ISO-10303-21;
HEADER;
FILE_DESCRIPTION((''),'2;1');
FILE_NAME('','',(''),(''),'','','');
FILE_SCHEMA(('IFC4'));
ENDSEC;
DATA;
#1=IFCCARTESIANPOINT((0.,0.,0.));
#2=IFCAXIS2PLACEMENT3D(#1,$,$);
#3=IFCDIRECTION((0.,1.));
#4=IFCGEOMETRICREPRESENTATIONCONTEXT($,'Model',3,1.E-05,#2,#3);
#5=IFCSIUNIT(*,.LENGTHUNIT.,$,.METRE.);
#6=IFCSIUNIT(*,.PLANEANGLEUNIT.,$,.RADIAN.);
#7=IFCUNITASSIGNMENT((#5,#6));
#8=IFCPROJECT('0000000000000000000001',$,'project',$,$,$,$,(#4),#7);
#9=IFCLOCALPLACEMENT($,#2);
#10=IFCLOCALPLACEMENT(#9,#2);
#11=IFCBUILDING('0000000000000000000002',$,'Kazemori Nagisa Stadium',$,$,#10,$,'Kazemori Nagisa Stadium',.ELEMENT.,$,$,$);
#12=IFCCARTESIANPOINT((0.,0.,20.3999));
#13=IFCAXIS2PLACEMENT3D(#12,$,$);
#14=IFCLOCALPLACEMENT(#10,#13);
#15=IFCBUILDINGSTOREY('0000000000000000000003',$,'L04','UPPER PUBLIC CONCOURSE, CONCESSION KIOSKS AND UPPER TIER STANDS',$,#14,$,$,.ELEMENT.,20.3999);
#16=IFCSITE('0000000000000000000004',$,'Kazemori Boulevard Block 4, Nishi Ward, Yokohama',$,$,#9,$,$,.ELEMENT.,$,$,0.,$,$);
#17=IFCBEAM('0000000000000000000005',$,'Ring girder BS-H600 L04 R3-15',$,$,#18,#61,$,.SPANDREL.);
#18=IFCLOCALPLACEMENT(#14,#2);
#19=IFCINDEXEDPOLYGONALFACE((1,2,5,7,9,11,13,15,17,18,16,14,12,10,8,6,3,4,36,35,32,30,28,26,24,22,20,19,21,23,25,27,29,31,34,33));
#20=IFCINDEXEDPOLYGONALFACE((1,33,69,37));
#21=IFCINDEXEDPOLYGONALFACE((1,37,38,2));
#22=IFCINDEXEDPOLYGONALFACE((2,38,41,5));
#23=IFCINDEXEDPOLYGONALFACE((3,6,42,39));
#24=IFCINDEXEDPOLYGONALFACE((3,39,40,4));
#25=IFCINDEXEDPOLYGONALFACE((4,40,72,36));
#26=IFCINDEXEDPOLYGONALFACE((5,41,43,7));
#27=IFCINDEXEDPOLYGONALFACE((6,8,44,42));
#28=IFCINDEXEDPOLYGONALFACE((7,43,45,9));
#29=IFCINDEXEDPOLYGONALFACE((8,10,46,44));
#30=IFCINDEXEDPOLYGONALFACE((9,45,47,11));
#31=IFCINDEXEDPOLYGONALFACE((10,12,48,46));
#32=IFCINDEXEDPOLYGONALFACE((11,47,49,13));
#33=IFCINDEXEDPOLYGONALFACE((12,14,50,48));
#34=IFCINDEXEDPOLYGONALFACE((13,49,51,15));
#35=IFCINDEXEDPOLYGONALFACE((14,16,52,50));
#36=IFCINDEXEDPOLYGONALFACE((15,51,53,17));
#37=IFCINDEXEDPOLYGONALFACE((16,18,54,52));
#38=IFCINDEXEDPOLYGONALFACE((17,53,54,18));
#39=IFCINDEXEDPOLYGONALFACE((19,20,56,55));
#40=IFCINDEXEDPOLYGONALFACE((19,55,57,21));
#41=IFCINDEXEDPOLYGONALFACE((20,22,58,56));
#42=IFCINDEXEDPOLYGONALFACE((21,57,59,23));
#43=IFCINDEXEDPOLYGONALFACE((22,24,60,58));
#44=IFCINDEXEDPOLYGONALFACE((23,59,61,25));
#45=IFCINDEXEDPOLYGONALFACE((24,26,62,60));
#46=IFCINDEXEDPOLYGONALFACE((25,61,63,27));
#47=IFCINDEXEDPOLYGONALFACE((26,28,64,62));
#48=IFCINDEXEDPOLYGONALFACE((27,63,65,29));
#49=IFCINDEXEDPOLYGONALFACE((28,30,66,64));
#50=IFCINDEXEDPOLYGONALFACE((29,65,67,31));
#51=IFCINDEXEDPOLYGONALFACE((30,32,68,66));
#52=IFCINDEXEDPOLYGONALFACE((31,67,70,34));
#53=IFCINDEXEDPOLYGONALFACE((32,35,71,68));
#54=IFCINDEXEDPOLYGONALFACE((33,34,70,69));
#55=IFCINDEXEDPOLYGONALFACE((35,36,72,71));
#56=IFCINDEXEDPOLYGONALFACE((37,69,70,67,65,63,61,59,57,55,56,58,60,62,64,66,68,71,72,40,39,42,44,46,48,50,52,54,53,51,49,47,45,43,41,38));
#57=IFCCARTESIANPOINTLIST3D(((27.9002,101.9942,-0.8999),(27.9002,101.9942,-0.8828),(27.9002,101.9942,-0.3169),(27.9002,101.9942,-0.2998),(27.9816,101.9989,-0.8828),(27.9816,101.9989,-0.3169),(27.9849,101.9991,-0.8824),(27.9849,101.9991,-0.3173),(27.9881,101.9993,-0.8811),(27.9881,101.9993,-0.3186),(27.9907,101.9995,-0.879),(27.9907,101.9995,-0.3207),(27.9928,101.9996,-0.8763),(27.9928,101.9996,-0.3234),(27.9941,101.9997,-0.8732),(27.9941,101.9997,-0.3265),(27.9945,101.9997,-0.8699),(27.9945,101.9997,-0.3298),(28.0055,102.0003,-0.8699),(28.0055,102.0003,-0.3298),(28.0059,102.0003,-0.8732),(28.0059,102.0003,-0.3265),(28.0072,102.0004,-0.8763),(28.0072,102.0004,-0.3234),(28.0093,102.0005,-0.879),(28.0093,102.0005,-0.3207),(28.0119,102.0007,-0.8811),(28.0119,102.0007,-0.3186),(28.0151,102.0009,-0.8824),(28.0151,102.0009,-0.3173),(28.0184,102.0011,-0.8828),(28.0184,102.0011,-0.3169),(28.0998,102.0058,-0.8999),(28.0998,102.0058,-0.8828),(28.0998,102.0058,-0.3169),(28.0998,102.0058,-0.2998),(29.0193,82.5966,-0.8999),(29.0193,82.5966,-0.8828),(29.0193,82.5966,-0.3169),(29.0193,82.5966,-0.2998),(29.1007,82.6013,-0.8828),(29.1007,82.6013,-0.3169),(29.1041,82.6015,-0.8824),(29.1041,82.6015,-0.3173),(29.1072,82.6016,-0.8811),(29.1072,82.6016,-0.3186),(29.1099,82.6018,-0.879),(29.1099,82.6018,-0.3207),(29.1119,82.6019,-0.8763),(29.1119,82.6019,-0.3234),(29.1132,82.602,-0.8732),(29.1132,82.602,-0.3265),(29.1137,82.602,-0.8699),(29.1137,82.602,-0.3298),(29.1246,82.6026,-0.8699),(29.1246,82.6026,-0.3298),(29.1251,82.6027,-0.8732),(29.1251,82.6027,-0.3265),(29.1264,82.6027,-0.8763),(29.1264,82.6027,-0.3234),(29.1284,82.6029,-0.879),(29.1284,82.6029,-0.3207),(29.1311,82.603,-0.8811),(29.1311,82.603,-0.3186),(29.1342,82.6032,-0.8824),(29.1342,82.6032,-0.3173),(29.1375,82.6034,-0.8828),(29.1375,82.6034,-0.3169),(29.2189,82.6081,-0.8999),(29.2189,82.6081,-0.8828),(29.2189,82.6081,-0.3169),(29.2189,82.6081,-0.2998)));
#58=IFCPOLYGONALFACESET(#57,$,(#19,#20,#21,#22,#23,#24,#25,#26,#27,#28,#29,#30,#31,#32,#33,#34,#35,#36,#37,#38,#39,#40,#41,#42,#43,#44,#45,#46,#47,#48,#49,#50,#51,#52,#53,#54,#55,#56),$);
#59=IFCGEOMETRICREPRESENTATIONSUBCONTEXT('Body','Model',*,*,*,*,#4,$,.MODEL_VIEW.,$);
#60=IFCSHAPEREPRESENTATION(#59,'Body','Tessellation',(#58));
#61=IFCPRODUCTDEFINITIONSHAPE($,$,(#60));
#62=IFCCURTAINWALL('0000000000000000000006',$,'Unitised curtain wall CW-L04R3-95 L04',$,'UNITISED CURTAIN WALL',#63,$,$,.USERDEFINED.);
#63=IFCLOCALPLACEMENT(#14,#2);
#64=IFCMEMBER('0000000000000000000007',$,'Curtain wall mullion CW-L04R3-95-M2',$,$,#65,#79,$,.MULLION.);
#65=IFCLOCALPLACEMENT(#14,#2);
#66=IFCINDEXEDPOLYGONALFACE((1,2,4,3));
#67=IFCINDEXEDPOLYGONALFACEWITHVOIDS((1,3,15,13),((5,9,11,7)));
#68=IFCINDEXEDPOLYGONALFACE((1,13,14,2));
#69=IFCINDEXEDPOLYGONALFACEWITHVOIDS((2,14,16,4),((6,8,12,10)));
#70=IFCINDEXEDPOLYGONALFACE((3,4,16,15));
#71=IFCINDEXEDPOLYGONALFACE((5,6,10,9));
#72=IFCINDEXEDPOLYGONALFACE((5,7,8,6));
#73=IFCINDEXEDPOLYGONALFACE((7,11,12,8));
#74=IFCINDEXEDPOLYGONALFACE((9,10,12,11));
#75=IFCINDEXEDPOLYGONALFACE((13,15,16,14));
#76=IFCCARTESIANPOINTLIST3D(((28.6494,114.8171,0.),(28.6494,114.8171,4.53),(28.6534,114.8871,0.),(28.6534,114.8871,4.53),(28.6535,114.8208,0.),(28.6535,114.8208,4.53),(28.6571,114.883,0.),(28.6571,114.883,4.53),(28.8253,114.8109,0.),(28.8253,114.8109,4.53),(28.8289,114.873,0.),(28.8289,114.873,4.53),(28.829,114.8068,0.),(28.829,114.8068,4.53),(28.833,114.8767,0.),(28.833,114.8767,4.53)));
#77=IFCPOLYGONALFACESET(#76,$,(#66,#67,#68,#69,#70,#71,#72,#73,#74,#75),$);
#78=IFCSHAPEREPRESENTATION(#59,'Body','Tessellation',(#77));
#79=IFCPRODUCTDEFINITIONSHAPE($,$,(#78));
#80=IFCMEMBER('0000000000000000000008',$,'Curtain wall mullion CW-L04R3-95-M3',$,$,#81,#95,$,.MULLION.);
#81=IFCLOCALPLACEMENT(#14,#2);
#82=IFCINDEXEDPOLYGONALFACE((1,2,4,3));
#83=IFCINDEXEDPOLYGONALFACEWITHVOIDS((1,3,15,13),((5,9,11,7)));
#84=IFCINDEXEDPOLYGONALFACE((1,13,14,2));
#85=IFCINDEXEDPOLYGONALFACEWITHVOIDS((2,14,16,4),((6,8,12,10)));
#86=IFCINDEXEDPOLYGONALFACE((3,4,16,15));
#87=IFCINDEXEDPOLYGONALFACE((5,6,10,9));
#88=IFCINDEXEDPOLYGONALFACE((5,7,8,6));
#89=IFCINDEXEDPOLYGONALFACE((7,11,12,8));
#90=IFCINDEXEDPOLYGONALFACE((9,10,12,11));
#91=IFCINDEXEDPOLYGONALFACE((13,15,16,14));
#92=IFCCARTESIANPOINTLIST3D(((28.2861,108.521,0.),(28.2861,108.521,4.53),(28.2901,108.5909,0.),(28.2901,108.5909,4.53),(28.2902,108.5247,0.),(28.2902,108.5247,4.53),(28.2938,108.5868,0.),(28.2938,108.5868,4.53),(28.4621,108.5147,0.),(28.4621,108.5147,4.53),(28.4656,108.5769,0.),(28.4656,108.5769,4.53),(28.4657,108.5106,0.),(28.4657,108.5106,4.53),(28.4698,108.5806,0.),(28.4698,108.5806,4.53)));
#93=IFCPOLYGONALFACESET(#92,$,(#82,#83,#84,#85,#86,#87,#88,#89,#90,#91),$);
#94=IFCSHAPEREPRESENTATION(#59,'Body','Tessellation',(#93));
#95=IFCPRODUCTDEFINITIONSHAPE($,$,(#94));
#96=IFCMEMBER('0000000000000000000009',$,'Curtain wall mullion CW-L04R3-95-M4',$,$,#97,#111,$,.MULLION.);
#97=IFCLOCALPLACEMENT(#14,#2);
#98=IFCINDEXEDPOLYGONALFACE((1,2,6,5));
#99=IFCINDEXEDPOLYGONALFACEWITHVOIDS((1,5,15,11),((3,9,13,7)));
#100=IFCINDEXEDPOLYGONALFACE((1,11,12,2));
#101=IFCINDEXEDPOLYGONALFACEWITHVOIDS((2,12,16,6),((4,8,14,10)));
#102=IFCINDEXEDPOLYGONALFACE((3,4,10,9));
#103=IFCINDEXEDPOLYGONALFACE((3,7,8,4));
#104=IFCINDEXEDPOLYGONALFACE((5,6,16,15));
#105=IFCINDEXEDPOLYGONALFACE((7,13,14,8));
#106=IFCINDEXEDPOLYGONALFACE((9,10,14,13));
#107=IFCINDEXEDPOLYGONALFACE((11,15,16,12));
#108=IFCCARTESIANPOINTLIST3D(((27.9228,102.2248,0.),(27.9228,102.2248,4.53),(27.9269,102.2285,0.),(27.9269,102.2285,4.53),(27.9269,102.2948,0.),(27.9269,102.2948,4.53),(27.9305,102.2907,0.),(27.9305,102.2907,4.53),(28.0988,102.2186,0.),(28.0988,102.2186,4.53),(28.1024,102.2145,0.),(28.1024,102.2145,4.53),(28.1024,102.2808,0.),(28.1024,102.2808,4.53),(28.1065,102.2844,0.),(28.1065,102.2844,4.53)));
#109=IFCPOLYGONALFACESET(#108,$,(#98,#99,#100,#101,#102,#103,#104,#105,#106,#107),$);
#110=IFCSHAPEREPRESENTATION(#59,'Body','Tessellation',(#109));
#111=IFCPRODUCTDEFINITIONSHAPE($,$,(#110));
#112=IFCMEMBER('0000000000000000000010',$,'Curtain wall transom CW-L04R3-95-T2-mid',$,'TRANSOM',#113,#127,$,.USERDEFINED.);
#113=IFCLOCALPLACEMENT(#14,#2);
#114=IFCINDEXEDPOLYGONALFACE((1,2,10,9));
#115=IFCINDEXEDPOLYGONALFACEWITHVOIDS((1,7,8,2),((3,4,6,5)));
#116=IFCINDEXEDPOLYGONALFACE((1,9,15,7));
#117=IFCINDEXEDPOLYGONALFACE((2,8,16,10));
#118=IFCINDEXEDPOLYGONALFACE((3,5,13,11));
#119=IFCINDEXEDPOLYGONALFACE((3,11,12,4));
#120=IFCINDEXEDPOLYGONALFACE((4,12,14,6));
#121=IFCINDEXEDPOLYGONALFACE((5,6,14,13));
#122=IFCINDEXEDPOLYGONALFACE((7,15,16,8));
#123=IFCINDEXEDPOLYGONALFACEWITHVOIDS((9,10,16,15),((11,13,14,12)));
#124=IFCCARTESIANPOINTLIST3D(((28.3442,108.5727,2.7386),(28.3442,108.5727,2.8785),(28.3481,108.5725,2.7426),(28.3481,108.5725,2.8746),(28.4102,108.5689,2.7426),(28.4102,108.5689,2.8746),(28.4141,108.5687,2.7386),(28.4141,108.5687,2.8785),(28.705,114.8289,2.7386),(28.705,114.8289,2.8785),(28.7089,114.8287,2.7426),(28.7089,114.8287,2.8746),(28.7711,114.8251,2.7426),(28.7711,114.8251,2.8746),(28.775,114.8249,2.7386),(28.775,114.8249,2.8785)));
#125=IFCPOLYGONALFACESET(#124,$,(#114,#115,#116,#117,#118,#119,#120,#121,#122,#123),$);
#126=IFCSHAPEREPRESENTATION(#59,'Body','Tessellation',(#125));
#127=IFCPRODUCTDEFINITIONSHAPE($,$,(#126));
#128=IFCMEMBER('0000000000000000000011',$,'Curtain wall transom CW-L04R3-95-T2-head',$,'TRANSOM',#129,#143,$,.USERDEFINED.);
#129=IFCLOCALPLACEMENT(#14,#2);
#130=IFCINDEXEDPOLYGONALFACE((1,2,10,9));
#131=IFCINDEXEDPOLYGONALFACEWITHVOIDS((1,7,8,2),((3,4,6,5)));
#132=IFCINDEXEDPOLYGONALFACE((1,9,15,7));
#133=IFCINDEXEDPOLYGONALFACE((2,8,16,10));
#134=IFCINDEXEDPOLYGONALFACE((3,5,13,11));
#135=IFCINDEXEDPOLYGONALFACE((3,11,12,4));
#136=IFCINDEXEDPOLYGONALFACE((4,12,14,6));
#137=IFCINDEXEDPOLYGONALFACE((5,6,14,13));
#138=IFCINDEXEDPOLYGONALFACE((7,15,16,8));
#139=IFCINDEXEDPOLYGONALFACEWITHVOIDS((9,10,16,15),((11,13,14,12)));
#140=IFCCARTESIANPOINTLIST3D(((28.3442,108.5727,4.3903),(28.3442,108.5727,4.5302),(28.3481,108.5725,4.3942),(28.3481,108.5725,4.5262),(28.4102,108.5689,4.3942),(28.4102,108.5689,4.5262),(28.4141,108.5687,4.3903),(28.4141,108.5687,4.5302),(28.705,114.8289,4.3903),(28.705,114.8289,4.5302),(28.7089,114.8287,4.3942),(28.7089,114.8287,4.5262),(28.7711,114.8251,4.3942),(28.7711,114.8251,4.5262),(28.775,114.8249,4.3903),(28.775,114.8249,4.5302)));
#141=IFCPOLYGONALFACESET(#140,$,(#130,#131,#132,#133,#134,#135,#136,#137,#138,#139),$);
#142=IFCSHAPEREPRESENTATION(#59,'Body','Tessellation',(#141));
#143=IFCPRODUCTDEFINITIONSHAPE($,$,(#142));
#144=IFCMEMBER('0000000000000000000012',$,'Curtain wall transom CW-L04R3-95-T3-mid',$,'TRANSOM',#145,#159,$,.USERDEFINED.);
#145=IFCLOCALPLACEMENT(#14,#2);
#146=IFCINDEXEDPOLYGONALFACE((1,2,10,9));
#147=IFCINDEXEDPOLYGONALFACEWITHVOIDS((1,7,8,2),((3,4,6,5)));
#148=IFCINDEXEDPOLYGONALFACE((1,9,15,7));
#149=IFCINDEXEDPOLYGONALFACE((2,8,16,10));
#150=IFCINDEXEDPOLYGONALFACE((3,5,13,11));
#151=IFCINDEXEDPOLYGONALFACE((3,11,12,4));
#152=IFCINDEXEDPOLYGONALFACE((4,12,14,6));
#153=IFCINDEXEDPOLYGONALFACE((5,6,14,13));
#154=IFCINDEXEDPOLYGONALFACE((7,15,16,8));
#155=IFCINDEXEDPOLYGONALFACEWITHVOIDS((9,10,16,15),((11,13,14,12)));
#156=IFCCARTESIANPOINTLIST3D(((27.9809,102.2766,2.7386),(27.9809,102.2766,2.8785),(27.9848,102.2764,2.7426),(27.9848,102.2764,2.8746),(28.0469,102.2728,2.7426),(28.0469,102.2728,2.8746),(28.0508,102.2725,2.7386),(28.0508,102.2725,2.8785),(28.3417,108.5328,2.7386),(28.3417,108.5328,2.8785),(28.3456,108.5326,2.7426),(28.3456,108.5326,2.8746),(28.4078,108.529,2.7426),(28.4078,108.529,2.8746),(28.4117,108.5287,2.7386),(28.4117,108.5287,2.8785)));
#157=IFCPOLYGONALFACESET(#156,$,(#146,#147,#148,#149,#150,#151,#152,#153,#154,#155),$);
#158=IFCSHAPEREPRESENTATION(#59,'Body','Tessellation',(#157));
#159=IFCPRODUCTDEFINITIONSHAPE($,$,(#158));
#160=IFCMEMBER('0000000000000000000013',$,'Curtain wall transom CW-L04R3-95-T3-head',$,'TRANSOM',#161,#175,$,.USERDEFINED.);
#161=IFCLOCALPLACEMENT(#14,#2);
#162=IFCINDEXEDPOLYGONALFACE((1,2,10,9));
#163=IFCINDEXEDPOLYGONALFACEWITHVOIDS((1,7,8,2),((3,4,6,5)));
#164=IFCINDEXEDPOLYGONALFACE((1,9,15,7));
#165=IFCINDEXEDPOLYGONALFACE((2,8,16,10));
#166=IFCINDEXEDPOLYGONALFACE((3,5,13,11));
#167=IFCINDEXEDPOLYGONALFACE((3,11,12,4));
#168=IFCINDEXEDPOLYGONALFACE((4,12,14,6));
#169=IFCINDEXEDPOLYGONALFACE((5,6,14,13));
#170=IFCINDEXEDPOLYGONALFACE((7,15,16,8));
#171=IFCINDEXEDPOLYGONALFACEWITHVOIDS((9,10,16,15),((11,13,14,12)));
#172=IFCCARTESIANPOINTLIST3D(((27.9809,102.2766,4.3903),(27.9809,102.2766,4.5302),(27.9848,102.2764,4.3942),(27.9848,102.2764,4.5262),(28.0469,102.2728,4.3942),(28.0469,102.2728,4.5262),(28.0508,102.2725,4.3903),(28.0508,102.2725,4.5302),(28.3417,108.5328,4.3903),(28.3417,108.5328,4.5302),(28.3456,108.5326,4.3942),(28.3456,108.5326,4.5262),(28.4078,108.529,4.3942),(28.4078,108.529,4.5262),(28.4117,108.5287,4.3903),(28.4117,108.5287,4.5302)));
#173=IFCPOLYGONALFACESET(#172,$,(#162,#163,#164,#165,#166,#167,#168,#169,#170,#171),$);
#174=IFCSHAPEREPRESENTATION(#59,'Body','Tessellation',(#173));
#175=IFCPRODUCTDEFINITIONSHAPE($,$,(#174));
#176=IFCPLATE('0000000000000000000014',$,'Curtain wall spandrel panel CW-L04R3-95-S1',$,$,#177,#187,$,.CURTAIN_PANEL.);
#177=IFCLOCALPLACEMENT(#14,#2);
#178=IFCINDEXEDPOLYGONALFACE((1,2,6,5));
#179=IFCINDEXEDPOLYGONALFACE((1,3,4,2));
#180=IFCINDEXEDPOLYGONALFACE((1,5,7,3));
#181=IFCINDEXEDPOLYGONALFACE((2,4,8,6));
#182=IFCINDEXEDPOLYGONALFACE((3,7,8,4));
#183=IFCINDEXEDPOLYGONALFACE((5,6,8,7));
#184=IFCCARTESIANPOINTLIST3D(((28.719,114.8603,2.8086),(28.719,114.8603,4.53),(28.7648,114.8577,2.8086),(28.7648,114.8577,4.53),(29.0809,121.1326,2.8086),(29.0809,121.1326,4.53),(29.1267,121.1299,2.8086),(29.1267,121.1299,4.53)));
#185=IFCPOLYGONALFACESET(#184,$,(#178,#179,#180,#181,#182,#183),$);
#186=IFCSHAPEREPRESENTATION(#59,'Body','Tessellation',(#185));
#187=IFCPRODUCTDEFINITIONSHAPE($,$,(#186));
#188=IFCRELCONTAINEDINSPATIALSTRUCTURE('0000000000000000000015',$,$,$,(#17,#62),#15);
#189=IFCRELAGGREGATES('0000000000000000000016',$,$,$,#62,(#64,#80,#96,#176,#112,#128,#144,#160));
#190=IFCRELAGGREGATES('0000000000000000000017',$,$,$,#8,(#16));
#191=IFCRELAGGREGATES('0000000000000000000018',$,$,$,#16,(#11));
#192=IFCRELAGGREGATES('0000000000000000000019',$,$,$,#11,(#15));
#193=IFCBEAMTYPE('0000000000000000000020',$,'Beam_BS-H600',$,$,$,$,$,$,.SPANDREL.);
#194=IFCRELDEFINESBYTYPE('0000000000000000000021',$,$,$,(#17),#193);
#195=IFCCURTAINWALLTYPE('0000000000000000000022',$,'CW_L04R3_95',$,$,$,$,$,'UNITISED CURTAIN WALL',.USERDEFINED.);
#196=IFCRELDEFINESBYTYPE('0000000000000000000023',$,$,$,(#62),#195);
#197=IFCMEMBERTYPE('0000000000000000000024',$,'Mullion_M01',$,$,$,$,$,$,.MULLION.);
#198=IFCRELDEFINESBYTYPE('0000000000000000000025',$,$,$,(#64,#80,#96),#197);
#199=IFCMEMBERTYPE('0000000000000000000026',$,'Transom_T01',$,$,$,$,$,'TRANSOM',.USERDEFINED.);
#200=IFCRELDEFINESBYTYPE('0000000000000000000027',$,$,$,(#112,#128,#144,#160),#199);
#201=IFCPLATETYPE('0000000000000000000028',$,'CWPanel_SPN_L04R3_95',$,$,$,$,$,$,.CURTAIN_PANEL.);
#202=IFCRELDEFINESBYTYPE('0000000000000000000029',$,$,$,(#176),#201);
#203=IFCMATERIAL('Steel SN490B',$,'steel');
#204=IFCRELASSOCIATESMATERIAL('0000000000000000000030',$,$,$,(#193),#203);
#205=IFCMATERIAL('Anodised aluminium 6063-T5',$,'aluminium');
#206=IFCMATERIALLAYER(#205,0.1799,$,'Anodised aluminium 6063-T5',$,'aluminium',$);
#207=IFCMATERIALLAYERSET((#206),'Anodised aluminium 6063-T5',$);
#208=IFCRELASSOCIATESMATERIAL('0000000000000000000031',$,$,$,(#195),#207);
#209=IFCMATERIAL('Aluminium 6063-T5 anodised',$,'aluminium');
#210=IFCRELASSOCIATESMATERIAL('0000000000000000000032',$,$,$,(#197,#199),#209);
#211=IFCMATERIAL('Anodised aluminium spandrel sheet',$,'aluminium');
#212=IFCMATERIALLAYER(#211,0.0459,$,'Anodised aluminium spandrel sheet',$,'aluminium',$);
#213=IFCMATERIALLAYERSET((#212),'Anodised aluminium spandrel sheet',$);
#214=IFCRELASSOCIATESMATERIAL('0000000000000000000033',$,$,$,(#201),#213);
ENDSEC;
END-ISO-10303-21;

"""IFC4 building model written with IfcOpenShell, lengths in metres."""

from ifc_helpers import new_model, si_unit, direction, frame, origin, origin_2d, place, context, subcontext, project, spatial, rectangle, hollow_rectangle, i_section, extrude, material, layer, layer_set, material_profile, profile_set, type_object, element, aggregate, save


model = new_model("IFC4")

# Units and contexts
model_context = context("Model", 3, precision=1e-05, world=origin(), true_north=direction((0.0, 1.0)))
body_context = subcontext(model_context, "Body", "Model", "MODEL_VIEW")
ifc_project = project(units=[si_unit("LENGTHUNIT", "METRE"), si_unit("PLANEANGLEUNIT", "RADIAN")], contexts=[model_context])

# Site, building, storey
site_placement = place(None, origin())
site = spatial("IfcSite", under=ifc_project, at=site_placement, Name="Kazemori Boulevard Block 4, Nishi Ward, Yokohama", CompositionType="ELEMENT", RefElevation=0.0)
building_placement = place(site_placement, origin())
building = spatial("IfcBuilding", under=site, at=building_placement, Name="Kazemori Nagisa Stadium", LongName="Kazemori Nagisa Stadium", CompositionType="ELEMENT")
storey_placement = place(building_placement, frame((0.0, 0.0, 20.3999)))
storey = spatial("IfcBuildingStorey", under=building, at=storey_placement, Name="L04", Description="UPPER PUBLIC CONCOURSE, CONCESSION KIOSKS AND UPPER TIER STANDS", CompositionType="ELEMENT", Elevation=20.3999)

# Beam
ifc_material_1 = material(Name="Steel SN490B", Category="steel")
ifc_material_profile_1 = material_profile(ifc_material_1, i_section(OverallWidth=0.2, OverallDepth=0.6001, WebThickness=0.011, FlangeThickness=0.0171, FilletRadius=0.0129, at=origin_2d()), Name="H-600x200x11x17")
ifc_profile_set_1 = profile_set([ifc_material_profile_1], Name="Steel SN490B")
beam_type_1 = type_object("IfcBeamType", Name="Beam_BS-H600", PredefinedType="SPANDREL", material=ifc_profile_set_1)
beam_1_placement = place(storey_placement, frame((28.0, 102.0, -0.5999), z_axis=(0.057599, -0.99834, 0.0), x_axis=(0.99834, 0.057599, 0.0)))
element("IfcBeam", 1, at=beam_1_placement, inside=storey, type_object=beam_type_1, Name="Ring girder BS-H600 L04 R3-15", PredefinedType="SPANDREL", context=body_context, shape_type="SweptSolid", body=[
    extrude(i_section(OverallWidth=0.2, OverallDepth=0.6001, WebThickness=0.011, FlangeThickness=0.0171, FilletRadius=0.0129, at=origin_2d()), origin(), (0.0, 0.0, 1.0), 19.4299),
])

# Curtain wall, members, plate
ifc_material_2 = material(Name="Anodised aluminium 6063-T5", Category="aluminium")
ifc_layer_1 = layer(ifc_material_2, 0.1799, Name="Anodised aluminium 6063-T5", Category="aluminium")
ifc_layer_set_1 = layer_set([ifc_layer_1], Name="Anodised aluminium 6063-T5")
curtain_wall_type = type_object("IfcCurtainWallType", Name="CW_L04R3_95", ElementType="UNITISED CURTAIN WALL", PredefinedType="USERDEFINED", material=ifc_layer_set_1)
curtain_wall_placement = place(storey_placement, origin())
curtain_wall = element("IfcCurtainWall", 2, at=curtain_wall_placement, inside=storey, type_object=curtain_wall_type, Name="Unitised curtain wall CW-L04R3-95 L04", ObjectType="UNITISED CURTAIN WALL", PredefinedType="USERDEFINED")
ifc_material_3 = material(Name="Aluminium 6063-T5 anodised", Category="aluminium")
ifc_material_profile_2 = material_profile(ifc_material_3, hollow_rectangle(XDim=0.0701, YDim=0.1799, WallThickness=0.0039, at=origin_2d()), Name="ALU-MULL-70x180x4")
ifc_profile_set_2 = profile_set([ifc_material_profile_2], Name="Aluminium 6063-T5 anodised")
member_type_1 = type_object("IfcMemberType", Name="Mullion_M01", PredefinedType="MULLION", material=ifc_profile_set_2)
member_1_placement = place(storey_placement, frame((28.7412, 114.8469, 0.0), z_axis=(0.0, 0.0, 1.0), x_axis=(-0.057602, -0.99834, 0.0)))
member_1 = element("IfcMember", 3, at=member_1_placement, type_object=member_type_1, Name="Curtain wall mullion CW-L04R3-95-M2", PredefinedType="MULLION", context=body_context, shape_type="SweptSolid", body=[
    extrude(hollow_rectangle(XDim=0.0701, YDim=0.1799, WallThickness=0.0039, at=origin_2d()), origin(), (0.0, 0.0, 1.0), 4.53),
])
member_2_placement = place(storey_placement, frame((28.3779, 108.5508, 0.0), z_axis=(0.0, 0.0, 1.0), x_axis=(-0.057602, -0.99834, 0.0)))
member_2 = element("IfcMember", 4, at=member_2_placement, type_object=member_type_1, Name="Curtain wall mullion CW-L04R3-95-M3", PredefinedType="MULLION", context=body_context, shape_type="SweptSolid", body=[
    extrude(hollow_rectangle(XDim=0.0701, YDim=0.1799, WallThickness=0.0039, at=origin_2d()), origin(), (0.0, 0.0, 1.0), 4.53),
])
member_3_placement = place(storey_placement, frame((28.0146, 102.2546, 0.0), z_axis=(0.0, 0.0, 1.0), x_axis=(-0.057602, -0.99834, 0.0)))
member_3 = element("IfcMember", 5, at=member_3_placement, type_object=member_type_1, Name="Curtain wall mullion CW-L04R3-95-M4", PredefinedType="MULLION", context=body_context, shape_type="SweptSolid", body=[
    extrude(hollow_rectangle(XDim=0.0701, YDim=0.1799, WallThickness=0.0039, at=origin_2d()), origin(), (0.0, 0.0, 1.0), 4.53),
])
ifc_material_profile_3 = material_profile(ifc_material_3, hollow_rectangle(XDim=0.0701, YDim=0.1399, WallThickness=0.0039, at=origin_2d()), Name="ALU-TRAN-70x140x4")
ifc_profile_set_3 = profile_set([ifc_material_profile_3], Name="Aluminium 6063-T5 anodised")
member_type_2 = type_object("IfcMemberType", Name="Transom_T01", ElementType="TRANSOM", PredefinedType="USERDEFINED", material=ifc_profile_set_3)
member_4_placement = place(storey_placement, frame((28.74, 114.8269, 2.8086), z_axis=(-0.057582, -0.998341, 0.0), x_axis=(0.998341, -0.057582, 0.0)))
member_4 = element("IfcMember", 6, at=member_4_placement, type_object=member_type_2, Name="Curtain wall transom CW-L04R3-95-T2-mid", ObjectType="TRANSOM", PredefinedType="USERDEFINED", context=body_context, shape_type="SweptSolid", body=[
    extrude(hollow_rectangle(XDim=0.0701, YDim=0.1399, WallThickness=0.0039, at=origin_2d()), origin(), (0.0, 0.0, 1.0), 6.2666),
])
member_5_placement = place(storey_placement, frame((28.74, 114.8269, 4.4602), z_axis=(-0.057582, -0.998341, 0.0), x_axis=(0.998341, -0.057582, 0.0)))
member_5 = element("IfcMember", 7, at=member_5_placement, type_object=member_type_2, Name="Curtain wall transom CW-L04R3-95-T2-head", ObjectType="TRANSOM", PredefinedType="USERDEFINED", context=body_context, shape_type="SweptSolid", body=[
    extrude(hollow_rectangle(XDim=0.0701, YDim=0.1399, WallThickness=0.0039, at=origin_2d()), origin(), (0.0, 0.0, 1.0), 6.2666),
])
member_6_placement = place(storey_placement, frame((28.3767, 108.5308, 2.8086), z_axis=(-0.057582, -0.998341, 0.0), x_axis=(0.998341, -0.057582, 0.0)))
member_6 = element("IfcMember", 8, at=member_6_placement, type_object=member_type_2, Name="Curtain wall transom CW-L04R3-95-T3-mid", ObjectType="TRANSOM", PredefinedType="USERDEFINED", context=body_context, shape_type="SweptSolid", body=[
    extrude(hollow_rectangle(XDim=0.0701, YDim=0.1399, WallThickness=0.0039, at=origin_2d()), origin(), (0.0, 0.0, 1.0), 6.2666),
])
member_7_placement = place(storey_placement, frame((28.3767, 108.5308, 4.4602), z_axis=(-0.057582, -0.998341, 0.0), x_axis=(0.998341, -0.057582, 0.0)))
member_7 = element("IfcMember", 9, at=member_7_placement, type_object=member_type_2, Name="Curtain wall transom CW-L04R3-95-T3-head", ObjectType="TRANSOM", PredefinedType="USERDEFINED", context=body_context, shape_type="SweptSolid", body=[
    extrude(hollow_rectangle(XDim=0.0701, YDim=0.1399, WallThickness=0.0039, at=origin_2d()), origin(), (0.0, 0.0, 1.0), 6.2666),
])
ifc_material_4 = material(Name="Anodised aluminium spandrel sheet", Category="aluminium")
ifc_layer_2 = layer(ifc_material_4, 0.0459, Name="Anodised aluminium spandrel sheet", Category="aluminium")
ifc_layer_set_2 = layer_set([ifc_layer_2], Name="Anodised aluminium spandrel sheet")
plate_type_1 = type_object("IfcPlateType", Name="CWPanel_SPN_L04R3_95", PredefinedType="CURTAIN_PANEL", material=ifc_layer_set_2)
plate_1_placement = place(storey_placement, frame((28.9229, 117.9951, 2.8086), z_axis=(0.0, 0.0, 1.0), x_axis=(-0.057602, -0.99834, 0.0)))
plate_1 = element("IfcPlate", 10, at=plate_1_placement, type_object=plate_type_1, Name="Curtain wall spandrel panel CW-L04R3-95-S1", PredefinedType="CURTAIN_PANEL", context=body_context, shape_type="SweptSolid", body=[
    extrude(rectangle(XDim=6.2827, YDim=0.0459, at=origin_2d()), origin(), (0.0, 0.0, 1.0), 1.7214),
])
aggregate(curtain_wall, [member_1, member_2, member_3, plate_1, member_4, member_5, member_6, member_7])

save(model, "model.ifc")
